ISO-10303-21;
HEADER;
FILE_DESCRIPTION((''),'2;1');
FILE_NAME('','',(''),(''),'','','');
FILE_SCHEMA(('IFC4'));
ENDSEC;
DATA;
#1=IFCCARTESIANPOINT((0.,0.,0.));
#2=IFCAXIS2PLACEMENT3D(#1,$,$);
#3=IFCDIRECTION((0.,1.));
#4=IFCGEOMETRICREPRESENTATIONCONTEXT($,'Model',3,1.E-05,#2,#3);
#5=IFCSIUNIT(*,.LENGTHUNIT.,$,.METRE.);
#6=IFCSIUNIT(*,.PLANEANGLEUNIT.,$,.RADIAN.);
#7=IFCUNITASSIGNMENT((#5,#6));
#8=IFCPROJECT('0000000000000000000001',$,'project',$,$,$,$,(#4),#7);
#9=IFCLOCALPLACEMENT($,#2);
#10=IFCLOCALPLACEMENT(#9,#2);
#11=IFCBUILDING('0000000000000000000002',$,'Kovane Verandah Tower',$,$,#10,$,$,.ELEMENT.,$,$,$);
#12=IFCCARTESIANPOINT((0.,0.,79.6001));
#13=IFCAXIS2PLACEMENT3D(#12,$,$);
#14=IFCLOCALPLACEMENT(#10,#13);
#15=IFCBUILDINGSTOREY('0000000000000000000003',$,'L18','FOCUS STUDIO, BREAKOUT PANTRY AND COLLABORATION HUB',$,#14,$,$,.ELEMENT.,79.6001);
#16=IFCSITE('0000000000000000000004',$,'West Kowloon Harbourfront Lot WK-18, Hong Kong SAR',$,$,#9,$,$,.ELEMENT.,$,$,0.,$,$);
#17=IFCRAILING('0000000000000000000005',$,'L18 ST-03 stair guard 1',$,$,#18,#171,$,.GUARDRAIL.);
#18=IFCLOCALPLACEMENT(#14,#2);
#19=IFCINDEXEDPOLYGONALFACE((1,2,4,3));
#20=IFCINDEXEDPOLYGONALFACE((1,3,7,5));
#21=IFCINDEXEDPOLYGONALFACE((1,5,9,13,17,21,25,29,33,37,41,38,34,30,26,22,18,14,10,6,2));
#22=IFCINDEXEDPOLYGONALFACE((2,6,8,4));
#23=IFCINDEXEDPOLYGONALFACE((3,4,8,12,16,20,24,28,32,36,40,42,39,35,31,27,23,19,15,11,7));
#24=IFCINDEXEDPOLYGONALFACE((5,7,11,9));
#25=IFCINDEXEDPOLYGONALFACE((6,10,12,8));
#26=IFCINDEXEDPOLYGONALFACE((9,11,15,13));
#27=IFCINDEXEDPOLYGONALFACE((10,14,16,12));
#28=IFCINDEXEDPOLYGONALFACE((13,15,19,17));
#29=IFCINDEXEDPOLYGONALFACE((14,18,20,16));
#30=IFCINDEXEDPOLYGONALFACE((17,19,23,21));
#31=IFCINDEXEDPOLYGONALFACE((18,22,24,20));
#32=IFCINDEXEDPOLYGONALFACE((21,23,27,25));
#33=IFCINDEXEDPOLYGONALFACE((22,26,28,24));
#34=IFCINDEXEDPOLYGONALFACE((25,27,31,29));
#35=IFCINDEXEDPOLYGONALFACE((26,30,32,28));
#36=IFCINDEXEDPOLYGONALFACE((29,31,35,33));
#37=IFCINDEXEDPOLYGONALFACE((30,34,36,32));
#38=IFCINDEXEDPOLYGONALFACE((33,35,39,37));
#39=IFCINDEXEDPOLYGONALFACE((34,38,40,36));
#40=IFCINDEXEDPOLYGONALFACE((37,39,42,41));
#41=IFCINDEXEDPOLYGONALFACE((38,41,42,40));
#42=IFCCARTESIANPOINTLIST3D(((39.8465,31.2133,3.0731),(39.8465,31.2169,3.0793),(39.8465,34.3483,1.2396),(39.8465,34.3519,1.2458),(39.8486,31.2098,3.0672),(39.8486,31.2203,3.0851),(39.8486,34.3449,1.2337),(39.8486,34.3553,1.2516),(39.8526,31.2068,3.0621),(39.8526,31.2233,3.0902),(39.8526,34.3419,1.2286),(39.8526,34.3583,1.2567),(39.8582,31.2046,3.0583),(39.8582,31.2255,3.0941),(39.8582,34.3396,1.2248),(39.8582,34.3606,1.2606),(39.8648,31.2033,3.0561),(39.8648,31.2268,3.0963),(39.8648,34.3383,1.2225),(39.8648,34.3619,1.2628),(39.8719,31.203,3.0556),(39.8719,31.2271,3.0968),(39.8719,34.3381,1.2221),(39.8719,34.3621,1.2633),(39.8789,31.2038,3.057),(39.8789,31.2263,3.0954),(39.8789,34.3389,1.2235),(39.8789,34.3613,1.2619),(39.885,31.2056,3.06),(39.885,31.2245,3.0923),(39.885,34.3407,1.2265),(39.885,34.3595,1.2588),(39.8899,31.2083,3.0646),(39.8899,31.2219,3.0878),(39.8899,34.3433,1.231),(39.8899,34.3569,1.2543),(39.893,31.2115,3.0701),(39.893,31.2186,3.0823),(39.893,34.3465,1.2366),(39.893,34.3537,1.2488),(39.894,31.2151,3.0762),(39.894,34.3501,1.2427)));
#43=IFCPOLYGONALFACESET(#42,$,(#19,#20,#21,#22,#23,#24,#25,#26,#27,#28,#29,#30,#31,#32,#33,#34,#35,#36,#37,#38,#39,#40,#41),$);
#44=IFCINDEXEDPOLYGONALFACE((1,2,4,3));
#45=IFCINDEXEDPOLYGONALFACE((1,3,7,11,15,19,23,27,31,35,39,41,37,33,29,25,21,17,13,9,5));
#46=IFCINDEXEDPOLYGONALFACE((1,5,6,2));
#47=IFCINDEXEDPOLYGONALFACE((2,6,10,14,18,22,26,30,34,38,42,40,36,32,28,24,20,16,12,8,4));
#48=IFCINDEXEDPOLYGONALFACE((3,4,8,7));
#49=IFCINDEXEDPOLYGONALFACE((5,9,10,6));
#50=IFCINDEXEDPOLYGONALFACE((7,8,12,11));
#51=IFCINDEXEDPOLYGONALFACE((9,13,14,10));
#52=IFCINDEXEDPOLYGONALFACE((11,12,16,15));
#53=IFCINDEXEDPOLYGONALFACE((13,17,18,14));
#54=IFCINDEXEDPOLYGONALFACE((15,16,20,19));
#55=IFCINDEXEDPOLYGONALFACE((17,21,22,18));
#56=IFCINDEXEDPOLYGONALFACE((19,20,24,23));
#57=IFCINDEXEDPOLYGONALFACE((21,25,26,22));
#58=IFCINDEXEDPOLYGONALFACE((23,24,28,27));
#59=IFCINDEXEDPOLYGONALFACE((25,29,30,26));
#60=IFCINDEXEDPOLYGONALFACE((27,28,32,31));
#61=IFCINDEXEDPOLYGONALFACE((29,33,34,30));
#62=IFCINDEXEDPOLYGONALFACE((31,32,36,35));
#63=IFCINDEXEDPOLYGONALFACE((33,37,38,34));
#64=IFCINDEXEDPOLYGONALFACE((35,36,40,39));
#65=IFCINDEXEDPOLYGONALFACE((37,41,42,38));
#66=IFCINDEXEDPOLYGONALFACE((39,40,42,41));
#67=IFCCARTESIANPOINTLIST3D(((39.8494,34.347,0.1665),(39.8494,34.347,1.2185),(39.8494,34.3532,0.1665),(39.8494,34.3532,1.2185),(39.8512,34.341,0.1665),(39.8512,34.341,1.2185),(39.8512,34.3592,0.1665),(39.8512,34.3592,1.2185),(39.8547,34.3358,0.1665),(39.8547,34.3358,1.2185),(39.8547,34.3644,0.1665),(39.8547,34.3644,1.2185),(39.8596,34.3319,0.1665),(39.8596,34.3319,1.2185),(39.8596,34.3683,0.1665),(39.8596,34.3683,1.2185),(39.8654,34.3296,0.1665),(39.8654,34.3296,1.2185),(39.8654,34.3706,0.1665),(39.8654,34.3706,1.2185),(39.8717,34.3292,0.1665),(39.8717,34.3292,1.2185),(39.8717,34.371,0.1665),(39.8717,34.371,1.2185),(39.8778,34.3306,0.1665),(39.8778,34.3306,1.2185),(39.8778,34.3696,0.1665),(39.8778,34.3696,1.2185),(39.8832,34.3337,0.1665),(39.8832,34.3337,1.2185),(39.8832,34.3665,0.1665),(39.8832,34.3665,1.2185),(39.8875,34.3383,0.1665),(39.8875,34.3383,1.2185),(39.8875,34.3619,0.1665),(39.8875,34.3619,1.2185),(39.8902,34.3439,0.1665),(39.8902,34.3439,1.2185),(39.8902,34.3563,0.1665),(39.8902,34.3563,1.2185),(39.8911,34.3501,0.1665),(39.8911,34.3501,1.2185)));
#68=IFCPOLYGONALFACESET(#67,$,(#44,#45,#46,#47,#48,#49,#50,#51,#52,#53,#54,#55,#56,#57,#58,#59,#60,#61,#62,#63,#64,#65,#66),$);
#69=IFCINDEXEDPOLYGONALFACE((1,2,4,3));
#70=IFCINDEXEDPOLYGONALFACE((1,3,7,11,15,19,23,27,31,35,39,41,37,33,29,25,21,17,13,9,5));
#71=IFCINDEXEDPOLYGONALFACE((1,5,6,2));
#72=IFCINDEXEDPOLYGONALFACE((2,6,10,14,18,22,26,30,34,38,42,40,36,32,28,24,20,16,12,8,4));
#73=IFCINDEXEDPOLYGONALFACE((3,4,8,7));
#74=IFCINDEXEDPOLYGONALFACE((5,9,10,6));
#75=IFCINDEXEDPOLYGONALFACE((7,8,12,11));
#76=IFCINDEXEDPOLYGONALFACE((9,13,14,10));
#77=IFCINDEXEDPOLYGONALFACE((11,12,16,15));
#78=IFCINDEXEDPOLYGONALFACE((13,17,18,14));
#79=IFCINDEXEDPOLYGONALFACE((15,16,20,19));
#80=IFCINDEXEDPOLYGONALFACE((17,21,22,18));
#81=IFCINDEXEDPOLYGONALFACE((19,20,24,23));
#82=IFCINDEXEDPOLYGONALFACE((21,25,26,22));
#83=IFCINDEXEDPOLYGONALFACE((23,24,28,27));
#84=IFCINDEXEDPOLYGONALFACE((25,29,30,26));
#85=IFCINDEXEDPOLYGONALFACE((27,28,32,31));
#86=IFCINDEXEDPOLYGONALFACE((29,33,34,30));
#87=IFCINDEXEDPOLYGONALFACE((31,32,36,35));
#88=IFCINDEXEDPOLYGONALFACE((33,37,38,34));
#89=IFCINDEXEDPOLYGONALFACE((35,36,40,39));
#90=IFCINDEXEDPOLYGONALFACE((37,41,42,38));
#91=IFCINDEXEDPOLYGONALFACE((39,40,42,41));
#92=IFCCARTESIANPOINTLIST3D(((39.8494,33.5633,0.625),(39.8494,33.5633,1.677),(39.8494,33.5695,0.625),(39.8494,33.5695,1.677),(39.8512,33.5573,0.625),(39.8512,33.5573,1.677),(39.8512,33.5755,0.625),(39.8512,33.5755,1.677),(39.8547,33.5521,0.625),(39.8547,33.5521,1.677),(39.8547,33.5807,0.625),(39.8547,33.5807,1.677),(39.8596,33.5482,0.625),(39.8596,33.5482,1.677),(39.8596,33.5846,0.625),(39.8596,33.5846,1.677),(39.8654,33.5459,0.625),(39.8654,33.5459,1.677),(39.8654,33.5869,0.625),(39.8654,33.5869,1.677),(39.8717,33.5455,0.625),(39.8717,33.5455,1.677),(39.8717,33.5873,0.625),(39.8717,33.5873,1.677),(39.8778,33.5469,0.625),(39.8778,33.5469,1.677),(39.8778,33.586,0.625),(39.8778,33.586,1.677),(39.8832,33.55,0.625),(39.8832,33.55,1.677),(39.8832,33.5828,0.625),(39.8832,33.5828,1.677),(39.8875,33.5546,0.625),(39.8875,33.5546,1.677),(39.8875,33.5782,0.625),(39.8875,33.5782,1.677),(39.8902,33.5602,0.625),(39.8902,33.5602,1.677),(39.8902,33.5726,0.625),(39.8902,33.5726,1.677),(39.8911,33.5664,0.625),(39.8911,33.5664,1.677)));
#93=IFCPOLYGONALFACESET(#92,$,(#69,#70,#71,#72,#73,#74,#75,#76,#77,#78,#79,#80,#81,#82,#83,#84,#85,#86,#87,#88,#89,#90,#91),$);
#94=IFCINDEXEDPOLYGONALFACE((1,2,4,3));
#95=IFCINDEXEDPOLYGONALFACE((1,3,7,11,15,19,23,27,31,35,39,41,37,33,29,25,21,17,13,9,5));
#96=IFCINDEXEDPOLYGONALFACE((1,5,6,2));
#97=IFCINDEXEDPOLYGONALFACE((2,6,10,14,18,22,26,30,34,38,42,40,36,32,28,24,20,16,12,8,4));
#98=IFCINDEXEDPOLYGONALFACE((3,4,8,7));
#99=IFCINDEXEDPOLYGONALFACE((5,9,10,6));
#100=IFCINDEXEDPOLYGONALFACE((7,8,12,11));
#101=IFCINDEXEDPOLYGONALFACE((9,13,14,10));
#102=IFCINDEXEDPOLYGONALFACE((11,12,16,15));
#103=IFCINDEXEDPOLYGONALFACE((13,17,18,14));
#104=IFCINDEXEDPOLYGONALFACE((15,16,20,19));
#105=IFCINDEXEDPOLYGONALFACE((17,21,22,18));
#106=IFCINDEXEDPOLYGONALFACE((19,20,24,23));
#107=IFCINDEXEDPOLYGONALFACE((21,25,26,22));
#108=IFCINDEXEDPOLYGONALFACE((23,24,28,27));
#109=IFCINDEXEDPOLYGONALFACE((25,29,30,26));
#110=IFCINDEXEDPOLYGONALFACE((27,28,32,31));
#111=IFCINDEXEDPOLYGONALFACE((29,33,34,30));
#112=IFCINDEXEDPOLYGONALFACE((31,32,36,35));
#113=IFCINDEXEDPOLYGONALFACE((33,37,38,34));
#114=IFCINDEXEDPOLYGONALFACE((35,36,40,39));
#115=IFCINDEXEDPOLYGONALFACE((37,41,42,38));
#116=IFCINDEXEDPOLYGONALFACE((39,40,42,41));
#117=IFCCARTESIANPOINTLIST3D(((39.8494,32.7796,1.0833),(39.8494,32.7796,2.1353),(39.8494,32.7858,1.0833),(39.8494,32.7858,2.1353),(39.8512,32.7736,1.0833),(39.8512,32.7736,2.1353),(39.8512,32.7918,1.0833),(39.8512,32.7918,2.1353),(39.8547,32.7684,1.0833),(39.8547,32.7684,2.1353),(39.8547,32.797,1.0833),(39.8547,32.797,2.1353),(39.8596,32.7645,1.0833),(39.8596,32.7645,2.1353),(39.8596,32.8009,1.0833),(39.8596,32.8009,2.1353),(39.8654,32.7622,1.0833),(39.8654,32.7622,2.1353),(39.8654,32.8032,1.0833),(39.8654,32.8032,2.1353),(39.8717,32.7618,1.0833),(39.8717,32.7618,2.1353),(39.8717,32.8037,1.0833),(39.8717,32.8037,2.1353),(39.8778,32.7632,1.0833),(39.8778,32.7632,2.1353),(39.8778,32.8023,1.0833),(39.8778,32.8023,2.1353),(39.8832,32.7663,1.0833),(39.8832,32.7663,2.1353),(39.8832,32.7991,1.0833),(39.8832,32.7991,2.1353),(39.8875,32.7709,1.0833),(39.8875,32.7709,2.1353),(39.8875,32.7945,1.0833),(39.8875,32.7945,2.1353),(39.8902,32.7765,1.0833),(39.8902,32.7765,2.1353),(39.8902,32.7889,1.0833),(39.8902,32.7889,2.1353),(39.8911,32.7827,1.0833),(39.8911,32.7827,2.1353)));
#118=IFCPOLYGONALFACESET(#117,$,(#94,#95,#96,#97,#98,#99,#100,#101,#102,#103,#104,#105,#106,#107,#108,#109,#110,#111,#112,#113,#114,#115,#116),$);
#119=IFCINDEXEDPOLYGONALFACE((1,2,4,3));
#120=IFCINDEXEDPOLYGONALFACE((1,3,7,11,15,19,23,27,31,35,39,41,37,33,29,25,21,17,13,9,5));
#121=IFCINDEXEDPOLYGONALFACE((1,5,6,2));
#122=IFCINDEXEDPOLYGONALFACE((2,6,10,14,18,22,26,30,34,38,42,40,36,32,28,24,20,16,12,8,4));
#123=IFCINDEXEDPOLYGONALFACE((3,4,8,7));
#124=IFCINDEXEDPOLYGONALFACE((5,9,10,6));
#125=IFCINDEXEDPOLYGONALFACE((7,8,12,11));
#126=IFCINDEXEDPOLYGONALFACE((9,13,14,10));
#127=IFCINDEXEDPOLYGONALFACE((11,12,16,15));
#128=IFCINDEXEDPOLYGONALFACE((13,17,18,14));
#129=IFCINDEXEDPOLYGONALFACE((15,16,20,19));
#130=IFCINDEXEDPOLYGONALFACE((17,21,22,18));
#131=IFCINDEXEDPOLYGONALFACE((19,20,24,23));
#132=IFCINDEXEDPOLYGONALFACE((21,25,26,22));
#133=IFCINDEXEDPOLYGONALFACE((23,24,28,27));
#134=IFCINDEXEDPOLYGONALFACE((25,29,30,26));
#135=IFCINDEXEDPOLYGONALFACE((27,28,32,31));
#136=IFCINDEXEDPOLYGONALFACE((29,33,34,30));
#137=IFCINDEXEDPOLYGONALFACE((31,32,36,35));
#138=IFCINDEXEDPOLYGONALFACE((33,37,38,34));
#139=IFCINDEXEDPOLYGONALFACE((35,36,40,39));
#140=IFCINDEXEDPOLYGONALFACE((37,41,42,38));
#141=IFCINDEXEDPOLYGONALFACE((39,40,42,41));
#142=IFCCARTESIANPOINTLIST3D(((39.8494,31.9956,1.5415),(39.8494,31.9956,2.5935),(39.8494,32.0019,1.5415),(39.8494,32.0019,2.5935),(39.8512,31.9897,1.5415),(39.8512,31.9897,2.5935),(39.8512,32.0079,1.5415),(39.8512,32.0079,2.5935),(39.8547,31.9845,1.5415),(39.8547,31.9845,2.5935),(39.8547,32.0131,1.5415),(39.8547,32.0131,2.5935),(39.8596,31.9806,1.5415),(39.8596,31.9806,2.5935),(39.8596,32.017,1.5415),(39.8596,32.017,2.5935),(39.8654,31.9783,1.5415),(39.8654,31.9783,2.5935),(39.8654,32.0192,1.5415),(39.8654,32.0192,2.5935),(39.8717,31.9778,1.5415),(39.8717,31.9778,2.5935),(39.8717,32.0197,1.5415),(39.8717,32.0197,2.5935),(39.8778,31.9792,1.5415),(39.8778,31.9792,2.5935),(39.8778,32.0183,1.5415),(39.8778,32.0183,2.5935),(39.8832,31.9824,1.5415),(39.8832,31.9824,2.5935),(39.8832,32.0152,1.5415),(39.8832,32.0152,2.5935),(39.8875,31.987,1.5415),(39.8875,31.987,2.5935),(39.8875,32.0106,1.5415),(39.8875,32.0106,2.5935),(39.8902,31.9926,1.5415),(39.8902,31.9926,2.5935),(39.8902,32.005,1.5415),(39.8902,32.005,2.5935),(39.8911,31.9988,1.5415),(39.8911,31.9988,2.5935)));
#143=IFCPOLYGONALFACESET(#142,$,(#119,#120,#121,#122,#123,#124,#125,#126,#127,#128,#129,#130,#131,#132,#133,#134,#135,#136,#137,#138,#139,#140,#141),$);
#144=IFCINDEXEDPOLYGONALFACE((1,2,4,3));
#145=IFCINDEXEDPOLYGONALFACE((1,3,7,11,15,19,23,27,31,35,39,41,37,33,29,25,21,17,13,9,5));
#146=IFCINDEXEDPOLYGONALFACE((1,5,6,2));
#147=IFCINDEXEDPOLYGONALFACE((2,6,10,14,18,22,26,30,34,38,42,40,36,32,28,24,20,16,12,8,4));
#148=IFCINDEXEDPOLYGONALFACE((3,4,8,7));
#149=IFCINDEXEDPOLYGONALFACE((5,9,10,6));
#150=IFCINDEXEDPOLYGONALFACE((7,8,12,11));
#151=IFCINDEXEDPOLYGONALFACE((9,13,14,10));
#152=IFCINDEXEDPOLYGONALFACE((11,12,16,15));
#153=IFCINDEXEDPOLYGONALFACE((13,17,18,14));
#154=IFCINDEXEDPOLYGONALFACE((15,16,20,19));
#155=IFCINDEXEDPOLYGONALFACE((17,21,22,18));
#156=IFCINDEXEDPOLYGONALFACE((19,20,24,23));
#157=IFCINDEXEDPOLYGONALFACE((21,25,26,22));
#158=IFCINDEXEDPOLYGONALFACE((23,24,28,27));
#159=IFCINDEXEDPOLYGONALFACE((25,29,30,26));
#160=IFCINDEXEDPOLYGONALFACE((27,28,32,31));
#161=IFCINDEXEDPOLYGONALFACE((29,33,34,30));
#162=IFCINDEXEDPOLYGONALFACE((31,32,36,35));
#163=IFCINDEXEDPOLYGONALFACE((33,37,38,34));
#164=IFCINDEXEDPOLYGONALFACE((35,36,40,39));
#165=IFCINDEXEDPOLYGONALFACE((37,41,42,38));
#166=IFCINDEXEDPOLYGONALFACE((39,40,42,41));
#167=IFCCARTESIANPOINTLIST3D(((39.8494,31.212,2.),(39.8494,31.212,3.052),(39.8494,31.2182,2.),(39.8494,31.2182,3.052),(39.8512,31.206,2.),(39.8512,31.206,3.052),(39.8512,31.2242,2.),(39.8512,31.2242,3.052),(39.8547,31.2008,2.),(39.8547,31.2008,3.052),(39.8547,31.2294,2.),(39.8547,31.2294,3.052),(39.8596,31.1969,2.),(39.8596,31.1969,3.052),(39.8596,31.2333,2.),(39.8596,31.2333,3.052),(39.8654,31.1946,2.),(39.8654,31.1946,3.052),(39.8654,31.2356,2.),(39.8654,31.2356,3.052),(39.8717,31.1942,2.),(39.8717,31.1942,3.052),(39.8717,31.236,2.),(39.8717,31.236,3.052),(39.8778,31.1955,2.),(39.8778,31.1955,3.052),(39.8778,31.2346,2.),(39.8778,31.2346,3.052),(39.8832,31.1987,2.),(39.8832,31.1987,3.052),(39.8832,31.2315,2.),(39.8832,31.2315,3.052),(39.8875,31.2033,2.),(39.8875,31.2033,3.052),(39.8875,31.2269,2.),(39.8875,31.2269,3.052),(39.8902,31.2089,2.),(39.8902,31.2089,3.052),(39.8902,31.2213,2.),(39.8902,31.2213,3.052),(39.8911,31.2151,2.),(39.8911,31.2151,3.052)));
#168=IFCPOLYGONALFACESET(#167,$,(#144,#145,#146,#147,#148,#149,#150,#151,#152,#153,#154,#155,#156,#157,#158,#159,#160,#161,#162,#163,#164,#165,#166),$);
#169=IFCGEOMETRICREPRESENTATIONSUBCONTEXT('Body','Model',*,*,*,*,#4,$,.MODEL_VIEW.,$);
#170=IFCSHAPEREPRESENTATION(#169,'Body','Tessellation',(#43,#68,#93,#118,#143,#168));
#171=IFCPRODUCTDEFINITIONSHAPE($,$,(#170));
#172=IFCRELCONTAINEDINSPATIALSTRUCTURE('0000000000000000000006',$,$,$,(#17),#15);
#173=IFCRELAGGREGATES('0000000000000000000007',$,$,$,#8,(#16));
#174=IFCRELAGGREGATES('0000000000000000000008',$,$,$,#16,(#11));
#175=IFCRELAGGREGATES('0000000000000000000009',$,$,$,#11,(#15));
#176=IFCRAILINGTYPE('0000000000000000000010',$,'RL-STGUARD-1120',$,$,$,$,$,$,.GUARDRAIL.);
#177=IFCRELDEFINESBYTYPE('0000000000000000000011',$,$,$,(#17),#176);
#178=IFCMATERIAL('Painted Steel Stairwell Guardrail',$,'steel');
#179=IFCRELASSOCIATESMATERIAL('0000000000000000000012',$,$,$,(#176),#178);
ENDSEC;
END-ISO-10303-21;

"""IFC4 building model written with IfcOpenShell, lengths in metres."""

from ifc_helpers import new_model, si_unit, direction, frame, origin, origin_2d, place, context, subcontext, project, spatial, circle, extrude, material, type_object, element, save


model = new_model("IFC4")

# Units and contexts
model_context = context("Model", 3, precision=1e-05, world=origin(), true_north=direction((0.0, 1.0)))
body_context = subcontext(model_context, "Body", "Model", "MODEL_VIEW")
ifc_project = project(units=[si_unit("LENGTHUNIT", "METRE"), si_unit("PLANEANGLEUNIT", "RADIAN")], contexts=[model_context])

# Site, building, storey
site_placement = place(None, origin())
site = spatial("IfcSite", under=ifc_project, at=site_placement, Name="West Kowloon Harbourfront Lot WK-18, Hong Kong SAR", CompositionType="ELEMENT", RefElevation=0.0)
building_placement = place(site_placement, origin())
building = spatial("IfcBuilding", under=site, at=building_placement, Name="Kovane Verandah Tower", CompositionType="ELEMENT")
storey_placement = place(building_placement, frame((0.0, 0.0, 79.6001)))
storey = spatial("IfcBuildingStorey", under=building, at=storey_placement, Name="L18", Description="FOCUS STUDIO, BREAKOUT PANTRY AND COLLABORATION HUB", CompositionType="ELEMENT", Elevation=79.6001)

# Railing
ifc_material_1 = material(Name="Painted Steel Stairwell Guardrail", Category="steel")
railing_type_1 = type_object("IfcRailingType", Name="RL-STGUARD-1120", PredefinedType="GUARDRAIL", material=ifc_material_1)
railing_1_placement = place(storey_placement, frame((39.8701, 34.3501, 0.1665)))
element("IfcRailing", 1, at=railing_1_placement, inside=storey, type_object=railing_type_1, Name="L18 ST-03 stair guard 1", PredefinedType="GUARDRAIL", context=body_context, shape_type="SweptSolid", body=[
    extrude(circle(Radius=0.0239, at=origin_2d()), frame((0.0, 0.0, 1.0762), z_axis=(0.0, -0.86321, 0.504845), x_axis=(1.0, 0.0, 0.0)), (0.0, 0.0, 1.0), 3.6318),
    extrude(circle(Radius=0.021, at=origin_2d()), origin(), (0.0, 0.0, 1.0), 1.052),
    extrude(circle(Radius=0.021, at=origin_2d()), frame((0.0, -0.7837, 0.4585)), (0.0, 0.0, 1.0), 1.052),
    extrude(circle(Radius=0.021, at=origin_2d()), frame((0.0, -1.5674, 0.9167)), (0.0, 0.0, 1.0), 1.052),
    extrude(circle(Radius=0.021, at=origin_2d()), frame((0.0, -2.3513, 1.375)), (0.0, 0.0, 1.0), 1.052),
    extrude(circle(Radius=0.021, at=origin_2d()), frame((0.0, -3.135, 1.8335)), (0.0, 0.0, 1.0), 1.052),
])

save(model, "model.ifc")
